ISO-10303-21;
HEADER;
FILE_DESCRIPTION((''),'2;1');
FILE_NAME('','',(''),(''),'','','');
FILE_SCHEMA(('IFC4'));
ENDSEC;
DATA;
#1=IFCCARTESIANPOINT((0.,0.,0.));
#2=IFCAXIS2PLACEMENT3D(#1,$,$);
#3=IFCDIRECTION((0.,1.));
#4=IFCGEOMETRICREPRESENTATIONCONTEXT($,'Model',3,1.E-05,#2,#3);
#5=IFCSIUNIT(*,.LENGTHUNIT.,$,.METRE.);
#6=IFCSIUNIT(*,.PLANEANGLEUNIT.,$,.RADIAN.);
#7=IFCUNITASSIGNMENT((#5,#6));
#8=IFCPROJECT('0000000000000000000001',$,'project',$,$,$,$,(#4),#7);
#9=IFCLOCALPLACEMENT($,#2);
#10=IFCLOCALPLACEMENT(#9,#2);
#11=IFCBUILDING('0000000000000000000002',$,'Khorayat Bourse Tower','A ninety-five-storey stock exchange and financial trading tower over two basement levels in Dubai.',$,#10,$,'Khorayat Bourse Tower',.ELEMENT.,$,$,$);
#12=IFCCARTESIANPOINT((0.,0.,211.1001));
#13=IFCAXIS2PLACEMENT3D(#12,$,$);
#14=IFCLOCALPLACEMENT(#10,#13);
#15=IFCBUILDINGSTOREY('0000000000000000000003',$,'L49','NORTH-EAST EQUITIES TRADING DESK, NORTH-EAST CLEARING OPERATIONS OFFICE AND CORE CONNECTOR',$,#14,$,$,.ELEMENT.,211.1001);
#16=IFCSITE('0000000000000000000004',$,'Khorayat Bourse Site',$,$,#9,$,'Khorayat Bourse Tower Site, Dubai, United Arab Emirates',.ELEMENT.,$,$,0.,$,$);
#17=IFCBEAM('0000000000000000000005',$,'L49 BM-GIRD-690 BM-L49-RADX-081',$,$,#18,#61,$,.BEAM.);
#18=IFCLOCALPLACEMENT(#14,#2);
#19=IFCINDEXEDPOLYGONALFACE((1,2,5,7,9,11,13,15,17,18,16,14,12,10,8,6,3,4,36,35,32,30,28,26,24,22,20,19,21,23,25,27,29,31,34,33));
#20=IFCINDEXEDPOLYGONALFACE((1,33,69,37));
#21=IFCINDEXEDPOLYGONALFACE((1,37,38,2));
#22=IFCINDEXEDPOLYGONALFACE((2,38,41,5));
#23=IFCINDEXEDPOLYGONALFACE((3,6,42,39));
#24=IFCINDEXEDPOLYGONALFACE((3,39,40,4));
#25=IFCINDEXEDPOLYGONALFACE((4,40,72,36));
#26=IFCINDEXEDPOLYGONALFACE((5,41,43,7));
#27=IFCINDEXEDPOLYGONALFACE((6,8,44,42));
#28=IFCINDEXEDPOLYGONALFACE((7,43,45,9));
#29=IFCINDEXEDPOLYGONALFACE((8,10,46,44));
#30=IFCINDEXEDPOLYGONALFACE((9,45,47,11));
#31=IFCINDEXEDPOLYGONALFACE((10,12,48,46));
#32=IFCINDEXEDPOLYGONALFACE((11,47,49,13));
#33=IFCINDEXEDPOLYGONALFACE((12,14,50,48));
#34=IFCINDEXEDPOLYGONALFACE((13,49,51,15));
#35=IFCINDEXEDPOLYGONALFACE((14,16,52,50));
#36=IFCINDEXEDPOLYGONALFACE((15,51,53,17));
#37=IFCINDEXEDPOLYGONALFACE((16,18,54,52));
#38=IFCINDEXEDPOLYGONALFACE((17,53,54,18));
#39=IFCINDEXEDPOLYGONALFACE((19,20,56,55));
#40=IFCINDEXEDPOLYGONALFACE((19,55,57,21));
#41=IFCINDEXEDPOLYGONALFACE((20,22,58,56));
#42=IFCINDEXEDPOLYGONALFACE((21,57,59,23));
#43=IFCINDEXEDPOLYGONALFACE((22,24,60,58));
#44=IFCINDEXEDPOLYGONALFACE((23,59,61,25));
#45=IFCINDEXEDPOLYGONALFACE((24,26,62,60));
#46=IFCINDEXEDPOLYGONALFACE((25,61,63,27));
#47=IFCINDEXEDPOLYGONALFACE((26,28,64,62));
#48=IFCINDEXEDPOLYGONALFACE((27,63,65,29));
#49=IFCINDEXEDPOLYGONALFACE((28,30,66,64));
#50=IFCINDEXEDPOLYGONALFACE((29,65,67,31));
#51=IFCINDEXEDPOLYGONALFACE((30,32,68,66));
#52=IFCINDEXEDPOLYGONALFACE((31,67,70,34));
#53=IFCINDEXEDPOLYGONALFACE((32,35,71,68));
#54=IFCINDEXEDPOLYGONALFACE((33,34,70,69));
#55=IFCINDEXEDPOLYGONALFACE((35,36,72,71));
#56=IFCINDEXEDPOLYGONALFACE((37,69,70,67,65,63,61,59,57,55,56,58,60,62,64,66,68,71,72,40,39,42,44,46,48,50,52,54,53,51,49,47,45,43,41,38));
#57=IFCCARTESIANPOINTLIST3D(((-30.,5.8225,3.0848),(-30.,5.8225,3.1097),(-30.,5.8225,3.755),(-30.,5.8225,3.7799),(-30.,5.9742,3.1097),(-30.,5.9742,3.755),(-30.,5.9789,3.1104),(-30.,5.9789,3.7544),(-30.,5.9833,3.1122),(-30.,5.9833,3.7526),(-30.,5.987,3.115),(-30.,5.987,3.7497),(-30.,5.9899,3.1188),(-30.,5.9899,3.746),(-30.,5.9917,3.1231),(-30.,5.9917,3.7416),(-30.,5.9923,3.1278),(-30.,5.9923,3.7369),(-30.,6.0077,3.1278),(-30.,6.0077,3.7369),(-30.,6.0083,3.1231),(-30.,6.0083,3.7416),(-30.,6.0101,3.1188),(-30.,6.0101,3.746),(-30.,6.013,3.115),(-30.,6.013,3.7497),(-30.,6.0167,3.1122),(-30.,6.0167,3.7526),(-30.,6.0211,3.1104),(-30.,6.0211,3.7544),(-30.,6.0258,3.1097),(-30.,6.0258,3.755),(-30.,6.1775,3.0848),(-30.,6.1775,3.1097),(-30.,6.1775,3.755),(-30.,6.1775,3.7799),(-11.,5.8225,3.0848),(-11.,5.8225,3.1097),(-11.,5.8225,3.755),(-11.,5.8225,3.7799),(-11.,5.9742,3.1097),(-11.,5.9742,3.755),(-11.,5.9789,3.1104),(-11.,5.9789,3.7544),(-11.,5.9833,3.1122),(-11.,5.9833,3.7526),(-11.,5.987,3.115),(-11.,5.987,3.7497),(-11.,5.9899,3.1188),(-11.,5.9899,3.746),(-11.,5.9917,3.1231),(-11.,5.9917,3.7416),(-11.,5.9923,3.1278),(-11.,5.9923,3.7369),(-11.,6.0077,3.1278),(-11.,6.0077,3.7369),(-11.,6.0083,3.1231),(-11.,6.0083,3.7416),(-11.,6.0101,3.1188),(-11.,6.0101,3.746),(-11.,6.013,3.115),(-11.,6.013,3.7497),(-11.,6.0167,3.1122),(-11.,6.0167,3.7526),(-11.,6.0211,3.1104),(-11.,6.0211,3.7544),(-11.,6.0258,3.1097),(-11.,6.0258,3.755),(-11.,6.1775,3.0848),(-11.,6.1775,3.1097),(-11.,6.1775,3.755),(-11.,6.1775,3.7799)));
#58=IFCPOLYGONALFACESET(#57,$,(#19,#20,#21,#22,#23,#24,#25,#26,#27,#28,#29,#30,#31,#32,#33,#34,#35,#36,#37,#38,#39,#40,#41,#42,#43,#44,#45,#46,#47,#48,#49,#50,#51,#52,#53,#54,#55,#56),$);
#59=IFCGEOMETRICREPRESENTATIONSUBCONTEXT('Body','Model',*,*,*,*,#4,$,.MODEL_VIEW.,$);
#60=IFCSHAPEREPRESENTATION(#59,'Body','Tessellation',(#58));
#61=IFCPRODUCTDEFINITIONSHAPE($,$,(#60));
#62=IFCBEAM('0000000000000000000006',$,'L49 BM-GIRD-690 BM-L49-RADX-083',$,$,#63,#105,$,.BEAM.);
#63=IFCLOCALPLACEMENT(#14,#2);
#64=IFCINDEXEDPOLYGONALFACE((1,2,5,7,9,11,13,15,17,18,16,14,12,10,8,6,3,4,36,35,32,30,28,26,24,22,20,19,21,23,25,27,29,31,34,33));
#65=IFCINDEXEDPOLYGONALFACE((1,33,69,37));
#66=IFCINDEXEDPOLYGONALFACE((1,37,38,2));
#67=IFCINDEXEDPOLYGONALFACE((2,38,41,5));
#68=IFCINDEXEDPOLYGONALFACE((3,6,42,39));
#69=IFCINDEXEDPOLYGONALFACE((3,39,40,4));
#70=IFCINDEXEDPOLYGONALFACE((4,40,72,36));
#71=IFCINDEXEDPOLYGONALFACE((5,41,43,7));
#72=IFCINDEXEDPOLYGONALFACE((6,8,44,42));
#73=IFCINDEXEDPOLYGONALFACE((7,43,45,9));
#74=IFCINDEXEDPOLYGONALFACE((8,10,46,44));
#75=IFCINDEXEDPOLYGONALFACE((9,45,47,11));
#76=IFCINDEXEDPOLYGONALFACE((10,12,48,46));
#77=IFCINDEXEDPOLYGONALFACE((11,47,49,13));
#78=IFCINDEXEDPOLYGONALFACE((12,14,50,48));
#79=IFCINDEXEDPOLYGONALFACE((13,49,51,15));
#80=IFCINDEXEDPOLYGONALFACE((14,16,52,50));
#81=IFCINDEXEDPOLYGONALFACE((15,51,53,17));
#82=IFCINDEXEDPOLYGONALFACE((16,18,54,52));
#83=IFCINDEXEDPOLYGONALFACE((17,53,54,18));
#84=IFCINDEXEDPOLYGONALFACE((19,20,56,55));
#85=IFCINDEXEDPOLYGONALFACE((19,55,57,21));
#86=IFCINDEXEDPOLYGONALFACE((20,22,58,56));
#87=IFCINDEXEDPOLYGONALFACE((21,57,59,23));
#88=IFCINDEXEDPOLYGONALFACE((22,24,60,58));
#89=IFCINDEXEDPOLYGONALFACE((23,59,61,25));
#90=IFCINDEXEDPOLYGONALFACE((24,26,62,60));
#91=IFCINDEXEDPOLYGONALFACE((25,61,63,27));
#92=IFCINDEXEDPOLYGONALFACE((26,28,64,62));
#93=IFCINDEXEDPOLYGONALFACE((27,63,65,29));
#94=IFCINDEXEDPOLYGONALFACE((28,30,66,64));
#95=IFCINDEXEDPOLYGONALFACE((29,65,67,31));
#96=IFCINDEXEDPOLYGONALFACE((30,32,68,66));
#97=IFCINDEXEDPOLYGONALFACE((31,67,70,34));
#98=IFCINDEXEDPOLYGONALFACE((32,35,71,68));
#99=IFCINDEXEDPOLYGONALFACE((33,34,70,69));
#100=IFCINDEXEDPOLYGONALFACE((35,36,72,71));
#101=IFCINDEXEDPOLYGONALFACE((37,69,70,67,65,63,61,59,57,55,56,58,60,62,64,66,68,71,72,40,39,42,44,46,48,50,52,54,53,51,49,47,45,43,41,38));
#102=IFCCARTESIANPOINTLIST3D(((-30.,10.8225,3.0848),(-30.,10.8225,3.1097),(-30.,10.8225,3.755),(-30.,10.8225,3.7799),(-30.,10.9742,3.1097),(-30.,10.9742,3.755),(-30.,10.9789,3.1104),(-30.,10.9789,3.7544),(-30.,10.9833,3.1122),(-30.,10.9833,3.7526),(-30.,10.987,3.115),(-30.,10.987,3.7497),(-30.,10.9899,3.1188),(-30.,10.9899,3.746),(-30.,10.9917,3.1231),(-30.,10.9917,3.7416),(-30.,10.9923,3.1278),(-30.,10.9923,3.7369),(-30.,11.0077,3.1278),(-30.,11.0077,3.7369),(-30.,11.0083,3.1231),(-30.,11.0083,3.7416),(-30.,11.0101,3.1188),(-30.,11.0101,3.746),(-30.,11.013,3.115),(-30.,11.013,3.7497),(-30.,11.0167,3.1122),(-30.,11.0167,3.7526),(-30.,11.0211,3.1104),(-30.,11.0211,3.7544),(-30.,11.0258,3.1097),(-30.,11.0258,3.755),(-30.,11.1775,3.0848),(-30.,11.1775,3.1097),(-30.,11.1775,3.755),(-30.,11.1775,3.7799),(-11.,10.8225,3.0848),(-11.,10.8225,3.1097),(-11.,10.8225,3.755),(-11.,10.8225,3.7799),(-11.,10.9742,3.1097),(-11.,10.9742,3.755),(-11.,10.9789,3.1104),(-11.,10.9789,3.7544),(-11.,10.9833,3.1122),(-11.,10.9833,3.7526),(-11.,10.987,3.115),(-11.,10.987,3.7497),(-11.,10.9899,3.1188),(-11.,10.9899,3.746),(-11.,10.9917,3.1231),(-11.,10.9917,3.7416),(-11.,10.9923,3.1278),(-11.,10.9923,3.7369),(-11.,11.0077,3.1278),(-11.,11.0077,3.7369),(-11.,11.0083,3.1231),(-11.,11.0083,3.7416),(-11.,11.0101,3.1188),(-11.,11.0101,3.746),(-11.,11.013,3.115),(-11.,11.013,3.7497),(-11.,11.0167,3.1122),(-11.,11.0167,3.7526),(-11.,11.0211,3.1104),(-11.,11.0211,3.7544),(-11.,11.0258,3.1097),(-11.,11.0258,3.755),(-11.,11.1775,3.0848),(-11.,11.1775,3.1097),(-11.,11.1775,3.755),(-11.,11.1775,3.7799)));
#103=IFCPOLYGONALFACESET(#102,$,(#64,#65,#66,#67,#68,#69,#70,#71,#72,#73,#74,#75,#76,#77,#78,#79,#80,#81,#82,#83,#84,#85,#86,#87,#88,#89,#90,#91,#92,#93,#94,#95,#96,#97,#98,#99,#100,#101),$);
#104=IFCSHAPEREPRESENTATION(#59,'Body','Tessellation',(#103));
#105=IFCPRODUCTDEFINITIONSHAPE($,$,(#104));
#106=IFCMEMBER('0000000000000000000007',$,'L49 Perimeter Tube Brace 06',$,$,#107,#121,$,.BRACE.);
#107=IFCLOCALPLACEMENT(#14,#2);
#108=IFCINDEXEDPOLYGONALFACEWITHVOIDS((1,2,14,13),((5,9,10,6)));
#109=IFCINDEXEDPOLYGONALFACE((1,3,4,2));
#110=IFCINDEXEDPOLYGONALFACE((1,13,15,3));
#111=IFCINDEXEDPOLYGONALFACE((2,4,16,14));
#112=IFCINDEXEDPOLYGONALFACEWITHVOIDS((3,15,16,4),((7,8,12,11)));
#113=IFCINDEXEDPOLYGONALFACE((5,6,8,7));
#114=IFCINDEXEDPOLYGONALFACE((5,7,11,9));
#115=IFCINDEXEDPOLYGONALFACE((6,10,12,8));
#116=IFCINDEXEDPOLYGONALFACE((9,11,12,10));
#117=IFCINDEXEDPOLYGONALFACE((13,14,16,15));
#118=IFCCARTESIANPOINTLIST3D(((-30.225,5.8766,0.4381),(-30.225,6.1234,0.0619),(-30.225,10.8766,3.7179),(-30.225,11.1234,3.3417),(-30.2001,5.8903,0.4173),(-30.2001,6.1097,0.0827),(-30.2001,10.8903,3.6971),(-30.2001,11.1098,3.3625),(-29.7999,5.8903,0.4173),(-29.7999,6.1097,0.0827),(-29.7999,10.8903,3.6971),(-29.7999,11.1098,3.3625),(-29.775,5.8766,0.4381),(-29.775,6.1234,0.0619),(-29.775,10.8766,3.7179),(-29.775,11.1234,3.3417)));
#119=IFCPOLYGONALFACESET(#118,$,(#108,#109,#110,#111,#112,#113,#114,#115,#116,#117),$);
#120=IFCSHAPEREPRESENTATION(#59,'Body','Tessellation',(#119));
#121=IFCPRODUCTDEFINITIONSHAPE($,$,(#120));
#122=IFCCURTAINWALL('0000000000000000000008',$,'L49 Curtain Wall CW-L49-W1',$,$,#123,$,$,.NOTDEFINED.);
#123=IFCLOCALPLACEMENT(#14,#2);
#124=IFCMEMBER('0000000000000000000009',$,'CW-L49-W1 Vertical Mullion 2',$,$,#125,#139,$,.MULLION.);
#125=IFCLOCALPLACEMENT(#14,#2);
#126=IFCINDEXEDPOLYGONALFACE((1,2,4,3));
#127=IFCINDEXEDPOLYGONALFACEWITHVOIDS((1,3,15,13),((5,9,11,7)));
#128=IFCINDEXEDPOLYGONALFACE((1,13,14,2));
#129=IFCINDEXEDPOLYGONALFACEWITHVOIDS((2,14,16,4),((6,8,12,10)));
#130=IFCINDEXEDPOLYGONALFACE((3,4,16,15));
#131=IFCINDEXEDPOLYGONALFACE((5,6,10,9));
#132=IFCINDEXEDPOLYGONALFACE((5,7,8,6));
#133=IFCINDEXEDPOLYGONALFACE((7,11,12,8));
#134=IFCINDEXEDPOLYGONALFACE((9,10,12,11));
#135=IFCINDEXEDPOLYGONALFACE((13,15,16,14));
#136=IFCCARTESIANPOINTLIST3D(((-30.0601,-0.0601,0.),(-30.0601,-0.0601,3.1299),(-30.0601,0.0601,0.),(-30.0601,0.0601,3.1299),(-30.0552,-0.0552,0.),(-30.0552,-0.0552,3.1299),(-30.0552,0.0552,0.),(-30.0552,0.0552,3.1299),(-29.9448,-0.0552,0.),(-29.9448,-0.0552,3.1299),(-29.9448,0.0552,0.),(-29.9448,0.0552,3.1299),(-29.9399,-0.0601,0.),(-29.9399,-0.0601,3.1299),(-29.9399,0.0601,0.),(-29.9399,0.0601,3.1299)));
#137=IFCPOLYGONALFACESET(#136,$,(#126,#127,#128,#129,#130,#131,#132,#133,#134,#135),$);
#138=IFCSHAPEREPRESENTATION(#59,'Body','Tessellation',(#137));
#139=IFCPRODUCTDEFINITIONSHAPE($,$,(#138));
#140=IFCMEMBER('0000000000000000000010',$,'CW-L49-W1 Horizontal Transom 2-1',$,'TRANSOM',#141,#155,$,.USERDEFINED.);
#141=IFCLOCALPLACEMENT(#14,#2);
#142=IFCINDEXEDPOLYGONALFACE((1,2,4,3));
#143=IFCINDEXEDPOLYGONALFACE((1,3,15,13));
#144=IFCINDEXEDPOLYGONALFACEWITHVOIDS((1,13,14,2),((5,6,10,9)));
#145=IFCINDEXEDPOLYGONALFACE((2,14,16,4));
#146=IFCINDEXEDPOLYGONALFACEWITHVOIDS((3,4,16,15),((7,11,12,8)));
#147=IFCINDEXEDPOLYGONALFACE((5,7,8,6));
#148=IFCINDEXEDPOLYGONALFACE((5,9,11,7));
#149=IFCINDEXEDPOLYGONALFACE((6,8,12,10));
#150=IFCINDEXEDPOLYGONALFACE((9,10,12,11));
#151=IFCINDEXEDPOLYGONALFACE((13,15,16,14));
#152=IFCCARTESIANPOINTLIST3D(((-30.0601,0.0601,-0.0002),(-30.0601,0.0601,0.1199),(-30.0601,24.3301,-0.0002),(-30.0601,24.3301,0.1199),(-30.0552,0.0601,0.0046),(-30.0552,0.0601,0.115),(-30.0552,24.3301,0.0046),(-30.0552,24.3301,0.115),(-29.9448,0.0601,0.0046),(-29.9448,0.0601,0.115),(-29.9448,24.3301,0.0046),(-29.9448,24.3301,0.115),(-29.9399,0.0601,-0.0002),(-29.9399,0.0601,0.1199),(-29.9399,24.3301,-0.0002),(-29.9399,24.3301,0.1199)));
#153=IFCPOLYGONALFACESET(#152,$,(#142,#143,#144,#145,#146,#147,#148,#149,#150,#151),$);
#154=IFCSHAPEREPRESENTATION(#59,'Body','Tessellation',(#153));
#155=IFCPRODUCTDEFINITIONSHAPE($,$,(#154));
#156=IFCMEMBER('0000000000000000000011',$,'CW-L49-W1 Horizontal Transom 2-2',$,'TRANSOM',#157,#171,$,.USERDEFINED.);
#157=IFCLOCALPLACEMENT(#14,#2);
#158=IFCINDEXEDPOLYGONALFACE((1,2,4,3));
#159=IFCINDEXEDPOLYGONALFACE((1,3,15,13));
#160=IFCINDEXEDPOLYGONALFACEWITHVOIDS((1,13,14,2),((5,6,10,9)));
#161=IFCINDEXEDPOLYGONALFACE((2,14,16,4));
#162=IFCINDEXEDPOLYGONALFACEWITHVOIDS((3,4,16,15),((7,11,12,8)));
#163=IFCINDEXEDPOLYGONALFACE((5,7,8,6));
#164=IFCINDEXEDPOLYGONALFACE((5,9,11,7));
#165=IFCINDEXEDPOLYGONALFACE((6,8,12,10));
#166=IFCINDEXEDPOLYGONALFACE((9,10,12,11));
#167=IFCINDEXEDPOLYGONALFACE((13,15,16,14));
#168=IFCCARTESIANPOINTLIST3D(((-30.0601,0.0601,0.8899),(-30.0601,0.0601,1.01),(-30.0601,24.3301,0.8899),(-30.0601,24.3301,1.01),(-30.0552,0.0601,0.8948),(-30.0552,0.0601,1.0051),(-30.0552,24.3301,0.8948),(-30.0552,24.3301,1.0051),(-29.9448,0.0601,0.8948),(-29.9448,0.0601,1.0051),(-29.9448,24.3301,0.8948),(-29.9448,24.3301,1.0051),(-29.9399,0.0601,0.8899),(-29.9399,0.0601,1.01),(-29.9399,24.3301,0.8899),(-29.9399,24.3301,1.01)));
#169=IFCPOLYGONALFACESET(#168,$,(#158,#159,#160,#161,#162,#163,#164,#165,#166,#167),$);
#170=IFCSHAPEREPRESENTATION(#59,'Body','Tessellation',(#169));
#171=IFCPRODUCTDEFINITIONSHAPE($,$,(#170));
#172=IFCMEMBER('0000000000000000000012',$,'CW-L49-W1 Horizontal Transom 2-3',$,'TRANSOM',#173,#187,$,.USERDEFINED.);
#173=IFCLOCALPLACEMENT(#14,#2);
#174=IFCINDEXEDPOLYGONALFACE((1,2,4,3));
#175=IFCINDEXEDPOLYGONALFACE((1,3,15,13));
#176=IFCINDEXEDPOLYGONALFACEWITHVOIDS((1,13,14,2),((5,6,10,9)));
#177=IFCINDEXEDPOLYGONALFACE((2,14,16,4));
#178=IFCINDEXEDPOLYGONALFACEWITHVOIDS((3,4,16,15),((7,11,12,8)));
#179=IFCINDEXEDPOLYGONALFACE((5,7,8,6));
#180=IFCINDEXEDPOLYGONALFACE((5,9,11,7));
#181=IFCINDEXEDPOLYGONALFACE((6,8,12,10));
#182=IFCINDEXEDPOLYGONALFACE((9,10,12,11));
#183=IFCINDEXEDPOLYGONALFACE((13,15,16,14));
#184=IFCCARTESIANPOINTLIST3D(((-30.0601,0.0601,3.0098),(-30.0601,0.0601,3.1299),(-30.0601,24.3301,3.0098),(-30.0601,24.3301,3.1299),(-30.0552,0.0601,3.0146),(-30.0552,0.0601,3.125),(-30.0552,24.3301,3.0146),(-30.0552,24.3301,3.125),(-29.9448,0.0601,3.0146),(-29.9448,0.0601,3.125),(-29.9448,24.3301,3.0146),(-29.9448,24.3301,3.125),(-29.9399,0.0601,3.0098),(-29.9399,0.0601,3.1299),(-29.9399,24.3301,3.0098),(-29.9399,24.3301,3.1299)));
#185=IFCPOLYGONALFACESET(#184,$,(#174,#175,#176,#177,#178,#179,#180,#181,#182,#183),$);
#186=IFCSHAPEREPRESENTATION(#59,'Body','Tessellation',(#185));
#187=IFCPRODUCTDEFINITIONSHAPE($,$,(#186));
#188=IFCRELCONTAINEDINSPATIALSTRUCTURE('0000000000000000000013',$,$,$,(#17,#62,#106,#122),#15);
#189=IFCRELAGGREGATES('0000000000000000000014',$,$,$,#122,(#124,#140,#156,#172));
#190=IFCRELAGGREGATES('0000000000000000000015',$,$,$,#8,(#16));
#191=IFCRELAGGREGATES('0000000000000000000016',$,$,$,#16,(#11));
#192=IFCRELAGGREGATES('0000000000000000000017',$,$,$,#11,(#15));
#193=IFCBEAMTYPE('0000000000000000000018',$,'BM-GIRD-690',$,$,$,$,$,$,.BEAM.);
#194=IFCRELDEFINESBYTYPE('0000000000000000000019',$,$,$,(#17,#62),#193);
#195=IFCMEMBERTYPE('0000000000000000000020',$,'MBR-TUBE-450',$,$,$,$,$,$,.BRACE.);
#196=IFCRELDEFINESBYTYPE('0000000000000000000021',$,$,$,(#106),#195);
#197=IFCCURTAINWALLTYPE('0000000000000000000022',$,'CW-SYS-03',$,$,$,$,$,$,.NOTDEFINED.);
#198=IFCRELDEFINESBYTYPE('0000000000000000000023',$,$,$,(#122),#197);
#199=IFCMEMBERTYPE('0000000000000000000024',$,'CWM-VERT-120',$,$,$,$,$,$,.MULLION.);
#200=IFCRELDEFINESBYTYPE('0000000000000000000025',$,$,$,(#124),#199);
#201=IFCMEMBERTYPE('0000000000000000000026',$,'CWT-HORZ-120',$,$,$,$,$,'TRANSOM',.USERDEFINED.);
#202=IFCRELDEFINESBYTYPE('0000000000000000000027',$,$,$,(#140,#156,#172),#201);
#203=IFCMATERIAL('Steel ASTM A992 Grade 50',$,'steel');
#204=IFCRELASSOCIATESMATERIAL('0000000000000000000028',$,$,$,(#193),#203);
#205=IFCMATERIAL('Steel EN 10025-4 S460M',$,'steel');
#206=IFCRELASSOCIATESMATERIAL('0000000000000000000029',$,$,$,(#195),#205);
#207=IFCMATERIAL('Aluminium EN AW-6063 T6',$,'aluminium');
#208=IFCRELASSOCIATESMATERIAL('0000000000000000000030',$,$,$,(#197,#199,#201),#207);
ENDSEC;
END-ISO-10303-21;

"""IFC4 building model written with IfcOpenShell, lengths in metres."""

from ifc_helpers import new_model, si_unit, direction, frame, origin, origin_2d, place, context, subcontext, project, spatial, hollow_rectangle, i_section, extrude, source, transform, mapped, material, material_profile, profile_set, type_object, element, aggregate, save


model = new_model("IFC4")

# Units and contexts
model_context = context("Model", 3, precision=1e-05, world=origin(), true_north=direction((0.0, 1.0)))
body_context = subcontext(model_context, "Body", "Model", "MODEL_VIEW")
ifc_project = project(units=[si_unit("LENGTHUNIT", "METRE"), si_unit("PLANEANGLEUNIT", "RADIAN")], contexts=[model_context])

# Site, building, storey
site_placement = place(None, origin())
site = spatial("IfcSite", under=ifc_project, at=site_placement, Name="Khorayat Bourse Site", LongName="Khorayat Bourse Tower Site, Dubai, United Arab Emirates", CompositionType="ELEMENT", RefElevation=0.0)
building_placement = place(site_placement, origin())
building = spatial("IfcBuilding", under=site, at=building_placement, Name="Khorayat Bourse Tower", Description="A ninety-five-storey stock exchange and financial trading tower over two basement levels in Dubai.", LongName="Khorayat Bourse Tower", CompositionType="ELEMENT")
storey_placement = place(building_placement, frame((0.0, 0.0, 211.1001)))
storey = spatial("IfcBuildingStorey", under=building, at=storey_placement, Name="L49", Description="NORTH-EAST EQUITIES TRADING DESK, NORTH-EAST CLEARING OPERATIONS OFFICE AND CORE CONNECTOR", CompositionType="ELEMENT", Elevation=211.1001)

# Shared definitions
ifc_material_1 = material(Name="Steel EN 10025-4 S460M", Category="steel")

# Beams
ifc_material_2 = material(Name="Steel ASTM A992 Grade 50", Category="steel")
ifc_material_profile_1 = material_profile(ifc_material_2, i_section(OverallWidth=0.355, OverallDepth=0.6951, WebThickness=0.0154, FlangeThickness=0.0249, FilletRadius=0.0181, at=origin_2d()), Name="W690X217")
ifc_profile_set_1 = profile_set([ifc_material_profile_1], Name="Steel ASTM A992 Grade 50")
beam_type_1 = type_object("IfcBeamType", Name="BM-GIRD-690", PredefinedType="BEAM", material=ifc_profile_set_1)
shared_shape_1 = source(origin(), body_context, "Body", "SweptSolid", [
    extrude(i_section(OverallWidth=0.355, OverallDepth=0.6951, WebThickness=0.0154, FlangeThickness=0.0249, FilletRadius=0.0181, at=origin_2d()), origin(), (0.0, 0.0, 1.0), 19.0),
])
for number, where, z_axis, x_axis, name in (
    (1, (-30.0, 6.0, 3.4324), (1.0, 0.0, 0.0), (0.0, 1.0, 0.0), "L49 BM-GIRD-690 BM-L49-RADX-081"),
    (2, (-30.0, 11.0, 3.4324), (1.0, 0.0, 0.0), (0.0, 1.0, 0.0), "L49 BM-GIRD-690 BM-L49-RADX-083"),
):
    element("IfcBeam", number, at=place(storey_placement, frame(where, z_axis=z_axis, x_axis=x_axis)), inside=storey, type_object=beam_type_1, Name=name, PredefinedType="BEAM", context=body_context, shape_type="MappedRepresentation", body=[
        mapped(shared_shape_1, transform((0.0, 0.0, 0.0), scale=1.0)),
    ])

# Member
ifc_material_profile_2 = material_profile(ifc_material_1, hollow_rectangle(XDim=0.45, YDim=0.45, WallThickness=0.0249, at=origin_2d()), Name="HSS 450x450x25")
ifc_profile_set_2 = profile_set([ifc_material_profile_2], Name="Steel EN 10025-4 S460M")
member_type_1 = type_object("IfcMemberType", Name="MBR-TUBE-450", PredefinedType="BRACE", material=ifc_profile_set_2)
shared_shape_2 = source(origin(), body_context, "Body", "SweptSolid", [
    extrude(hollow_rectangle(XDim=0.45, YDim=0.45, WallThickness=0.0249, at=origin_2d()), origin(), (0.0, 0.0, 1.0), 5.9797),
])
member_1_placement = place(storey_placement, frame((-30.0, 6.0, 0.25), z_axis=(0.0, 0.83616, 0.548485), x_axis=(-1.0, 0.0, 0.0)))
element("IfcMember", 3, at=member_1_placement, inside=storey, type_object=member_type_1, Name="L49 Perimeter Tube Brace 06", PredefinedType="BRACE", context=body_context, shape_type="MappedRepresentation", body=[
    mapped(shared_shape_2, transform((0.0, 0.0, 0.0), scale=1.0)),
])

# Curtain wall, members
ifc_material_3 = material(Name="Aluminium EN AW-6063 T6", Category="aluminium")
curtain_wall_type = type_object("IfcCurtainWallType", Name="CW-SYS-03", PredefinedType="NOTDEFINED", material=ifc_material_3)
curtain_wall_placement = place(storey_placement, origin())
curtain_wall = element("IfcCurtainWall", 4, at=curtain_wall_placement, inside=storey, type_object=curtain_wall_type, Name="L49 Curtain Wall CW-L49-W1", PredefinedType="NOTDEFINED")
ifc_material_profile_3 = material_profile(ifc_material_3, hollow_rectangle(XDim=0.1201, YDim=0.1201, WallThickness=0.0049, at=origin_2d()), Name="ALU 120x120x5")
ifc_profile_set_3 = profile_set([ifc_material_profile_3], Name="Aluminium EN AW-6063 T6")
member_type_2 = type_object("IfcMemberType", Name="CWM-VERT-120", PredefinedType="MULLION", material=ifc_profile_set_3)
shared_shape_3 = source(origin(), body_context, "Body", "SweptSolid", [
    extrude(hollow_rectangle(XDim=0.1201, YDim=0.1201, WallThickness=0.0049, at=origin_2d()), origin(), (0.0, 0.0, 1.0), 3.1299),
])
member_2_placement = place(storey_placement, frame((-30.0, 0.0, 0.0), z_axis=(0.0, 0.0, 1.0), x_axis=(-1.0, 0.0, 0.0)))
member_2 = element("IfcMember", 5, at=member_2_placement, type_object=member_type_2, Name="CW-L49-W1 Vertical Mullion 2", PredefinedType="MULLION", context=body_context, shape_type="MappedRepresentation", body=[
    mapped(shared_shape_3, transform((0.0, 0.0, 0.0), scale=1.0)),
])
ifc_material_profile_4 = material_profile(ifc_material_3, hollow_rectangle(XDim=0.1201, YDim=0.1201, WallThickness=0.0049, at=origin_2d()), Name="ALU 120x120x5")
ifc_profile_set_4 = profile_set([ifc_material_profile_4], Name="Aluminium EN AW-6063 T6")
member_type_3 = type_object("IfcMemberType", Name="CWT-HORZ-120", ElementType="TRANSOM", PredefinedType="USERDEFINED", material=ifc_profile_set_4)
shared_shape_4 = source(origin(), body_context, "Body", "SweptSolid", [
    extrude(hollow_rectangle(XDim=0.1201, YDim=0.1201, WallThickness=0.0049, at=origin_2d()), origin(), (0.0, 0.0, 1.0), 24.27),
])
member_3_placement = place(storey_placement, frame((-30.0, 0.0601, 0.0598), z_axis=(0.0, 1.0, 0.0), x_axis=(-1.0, 0.0, 0.0)))
member_3 = element("IfcMember", 6, at=member_3_placement, type_object=member_type_3, Name="CW-L49-W1 Horizontal Transom 2-1", ObjectType="TRANSOM", PredefinedType="USERDEFINED", context=body_context, shape_type="MappedRepresentation", body=[
    mapped(shared_shape_4, transform((0.0, 0.0, 0.0), scale=1.0)),
])
member_4_placement = place(storey_placement, frame((-30.0, 0.0601, 0.95), z_axis=(0.0, 1.0, 0.0), x_axis=(-1.0, 0.0, 0.0)))
member_4 = element("IfcMember", 7, at=member_4_placement, type_object=member_type_3, Name="CW-L49-W1 Horizontal Transom 2-2", ObjectType="TRANSOM", PredefinedType="USERDEFINED", context=body_context, shape_type="MappedRepresentation", body=[
    mapped(shared_shape_4, transform((0.0, 0.0, 0.0), scale=1.0)),
])
member_5_placement = place(storey_placement, frame((-30.0, 0.0601, 3.0698), z_axis=(0.0, 1.0, 0.0), x_axis=(-1.0, 0.0, 0.0)))
member_5 = element("IfcMember", 8, at=member_5_placement, type_object=member_type_3, Name="CW-L49-W1 Horizontal Transom 2-3", ObjectType="TRANSOM", PredefinedType="USERDEFINED", context=body_context, shape_type="MappedRepresentation", body=[
    mapped(shared_shape_4, transform((0.0, 0.0, 0.0), scale=1.0)),
])
aggregate(curtain_wall, [member_2, member_3, member_4, member_5])

save(model, "model.ifc")
